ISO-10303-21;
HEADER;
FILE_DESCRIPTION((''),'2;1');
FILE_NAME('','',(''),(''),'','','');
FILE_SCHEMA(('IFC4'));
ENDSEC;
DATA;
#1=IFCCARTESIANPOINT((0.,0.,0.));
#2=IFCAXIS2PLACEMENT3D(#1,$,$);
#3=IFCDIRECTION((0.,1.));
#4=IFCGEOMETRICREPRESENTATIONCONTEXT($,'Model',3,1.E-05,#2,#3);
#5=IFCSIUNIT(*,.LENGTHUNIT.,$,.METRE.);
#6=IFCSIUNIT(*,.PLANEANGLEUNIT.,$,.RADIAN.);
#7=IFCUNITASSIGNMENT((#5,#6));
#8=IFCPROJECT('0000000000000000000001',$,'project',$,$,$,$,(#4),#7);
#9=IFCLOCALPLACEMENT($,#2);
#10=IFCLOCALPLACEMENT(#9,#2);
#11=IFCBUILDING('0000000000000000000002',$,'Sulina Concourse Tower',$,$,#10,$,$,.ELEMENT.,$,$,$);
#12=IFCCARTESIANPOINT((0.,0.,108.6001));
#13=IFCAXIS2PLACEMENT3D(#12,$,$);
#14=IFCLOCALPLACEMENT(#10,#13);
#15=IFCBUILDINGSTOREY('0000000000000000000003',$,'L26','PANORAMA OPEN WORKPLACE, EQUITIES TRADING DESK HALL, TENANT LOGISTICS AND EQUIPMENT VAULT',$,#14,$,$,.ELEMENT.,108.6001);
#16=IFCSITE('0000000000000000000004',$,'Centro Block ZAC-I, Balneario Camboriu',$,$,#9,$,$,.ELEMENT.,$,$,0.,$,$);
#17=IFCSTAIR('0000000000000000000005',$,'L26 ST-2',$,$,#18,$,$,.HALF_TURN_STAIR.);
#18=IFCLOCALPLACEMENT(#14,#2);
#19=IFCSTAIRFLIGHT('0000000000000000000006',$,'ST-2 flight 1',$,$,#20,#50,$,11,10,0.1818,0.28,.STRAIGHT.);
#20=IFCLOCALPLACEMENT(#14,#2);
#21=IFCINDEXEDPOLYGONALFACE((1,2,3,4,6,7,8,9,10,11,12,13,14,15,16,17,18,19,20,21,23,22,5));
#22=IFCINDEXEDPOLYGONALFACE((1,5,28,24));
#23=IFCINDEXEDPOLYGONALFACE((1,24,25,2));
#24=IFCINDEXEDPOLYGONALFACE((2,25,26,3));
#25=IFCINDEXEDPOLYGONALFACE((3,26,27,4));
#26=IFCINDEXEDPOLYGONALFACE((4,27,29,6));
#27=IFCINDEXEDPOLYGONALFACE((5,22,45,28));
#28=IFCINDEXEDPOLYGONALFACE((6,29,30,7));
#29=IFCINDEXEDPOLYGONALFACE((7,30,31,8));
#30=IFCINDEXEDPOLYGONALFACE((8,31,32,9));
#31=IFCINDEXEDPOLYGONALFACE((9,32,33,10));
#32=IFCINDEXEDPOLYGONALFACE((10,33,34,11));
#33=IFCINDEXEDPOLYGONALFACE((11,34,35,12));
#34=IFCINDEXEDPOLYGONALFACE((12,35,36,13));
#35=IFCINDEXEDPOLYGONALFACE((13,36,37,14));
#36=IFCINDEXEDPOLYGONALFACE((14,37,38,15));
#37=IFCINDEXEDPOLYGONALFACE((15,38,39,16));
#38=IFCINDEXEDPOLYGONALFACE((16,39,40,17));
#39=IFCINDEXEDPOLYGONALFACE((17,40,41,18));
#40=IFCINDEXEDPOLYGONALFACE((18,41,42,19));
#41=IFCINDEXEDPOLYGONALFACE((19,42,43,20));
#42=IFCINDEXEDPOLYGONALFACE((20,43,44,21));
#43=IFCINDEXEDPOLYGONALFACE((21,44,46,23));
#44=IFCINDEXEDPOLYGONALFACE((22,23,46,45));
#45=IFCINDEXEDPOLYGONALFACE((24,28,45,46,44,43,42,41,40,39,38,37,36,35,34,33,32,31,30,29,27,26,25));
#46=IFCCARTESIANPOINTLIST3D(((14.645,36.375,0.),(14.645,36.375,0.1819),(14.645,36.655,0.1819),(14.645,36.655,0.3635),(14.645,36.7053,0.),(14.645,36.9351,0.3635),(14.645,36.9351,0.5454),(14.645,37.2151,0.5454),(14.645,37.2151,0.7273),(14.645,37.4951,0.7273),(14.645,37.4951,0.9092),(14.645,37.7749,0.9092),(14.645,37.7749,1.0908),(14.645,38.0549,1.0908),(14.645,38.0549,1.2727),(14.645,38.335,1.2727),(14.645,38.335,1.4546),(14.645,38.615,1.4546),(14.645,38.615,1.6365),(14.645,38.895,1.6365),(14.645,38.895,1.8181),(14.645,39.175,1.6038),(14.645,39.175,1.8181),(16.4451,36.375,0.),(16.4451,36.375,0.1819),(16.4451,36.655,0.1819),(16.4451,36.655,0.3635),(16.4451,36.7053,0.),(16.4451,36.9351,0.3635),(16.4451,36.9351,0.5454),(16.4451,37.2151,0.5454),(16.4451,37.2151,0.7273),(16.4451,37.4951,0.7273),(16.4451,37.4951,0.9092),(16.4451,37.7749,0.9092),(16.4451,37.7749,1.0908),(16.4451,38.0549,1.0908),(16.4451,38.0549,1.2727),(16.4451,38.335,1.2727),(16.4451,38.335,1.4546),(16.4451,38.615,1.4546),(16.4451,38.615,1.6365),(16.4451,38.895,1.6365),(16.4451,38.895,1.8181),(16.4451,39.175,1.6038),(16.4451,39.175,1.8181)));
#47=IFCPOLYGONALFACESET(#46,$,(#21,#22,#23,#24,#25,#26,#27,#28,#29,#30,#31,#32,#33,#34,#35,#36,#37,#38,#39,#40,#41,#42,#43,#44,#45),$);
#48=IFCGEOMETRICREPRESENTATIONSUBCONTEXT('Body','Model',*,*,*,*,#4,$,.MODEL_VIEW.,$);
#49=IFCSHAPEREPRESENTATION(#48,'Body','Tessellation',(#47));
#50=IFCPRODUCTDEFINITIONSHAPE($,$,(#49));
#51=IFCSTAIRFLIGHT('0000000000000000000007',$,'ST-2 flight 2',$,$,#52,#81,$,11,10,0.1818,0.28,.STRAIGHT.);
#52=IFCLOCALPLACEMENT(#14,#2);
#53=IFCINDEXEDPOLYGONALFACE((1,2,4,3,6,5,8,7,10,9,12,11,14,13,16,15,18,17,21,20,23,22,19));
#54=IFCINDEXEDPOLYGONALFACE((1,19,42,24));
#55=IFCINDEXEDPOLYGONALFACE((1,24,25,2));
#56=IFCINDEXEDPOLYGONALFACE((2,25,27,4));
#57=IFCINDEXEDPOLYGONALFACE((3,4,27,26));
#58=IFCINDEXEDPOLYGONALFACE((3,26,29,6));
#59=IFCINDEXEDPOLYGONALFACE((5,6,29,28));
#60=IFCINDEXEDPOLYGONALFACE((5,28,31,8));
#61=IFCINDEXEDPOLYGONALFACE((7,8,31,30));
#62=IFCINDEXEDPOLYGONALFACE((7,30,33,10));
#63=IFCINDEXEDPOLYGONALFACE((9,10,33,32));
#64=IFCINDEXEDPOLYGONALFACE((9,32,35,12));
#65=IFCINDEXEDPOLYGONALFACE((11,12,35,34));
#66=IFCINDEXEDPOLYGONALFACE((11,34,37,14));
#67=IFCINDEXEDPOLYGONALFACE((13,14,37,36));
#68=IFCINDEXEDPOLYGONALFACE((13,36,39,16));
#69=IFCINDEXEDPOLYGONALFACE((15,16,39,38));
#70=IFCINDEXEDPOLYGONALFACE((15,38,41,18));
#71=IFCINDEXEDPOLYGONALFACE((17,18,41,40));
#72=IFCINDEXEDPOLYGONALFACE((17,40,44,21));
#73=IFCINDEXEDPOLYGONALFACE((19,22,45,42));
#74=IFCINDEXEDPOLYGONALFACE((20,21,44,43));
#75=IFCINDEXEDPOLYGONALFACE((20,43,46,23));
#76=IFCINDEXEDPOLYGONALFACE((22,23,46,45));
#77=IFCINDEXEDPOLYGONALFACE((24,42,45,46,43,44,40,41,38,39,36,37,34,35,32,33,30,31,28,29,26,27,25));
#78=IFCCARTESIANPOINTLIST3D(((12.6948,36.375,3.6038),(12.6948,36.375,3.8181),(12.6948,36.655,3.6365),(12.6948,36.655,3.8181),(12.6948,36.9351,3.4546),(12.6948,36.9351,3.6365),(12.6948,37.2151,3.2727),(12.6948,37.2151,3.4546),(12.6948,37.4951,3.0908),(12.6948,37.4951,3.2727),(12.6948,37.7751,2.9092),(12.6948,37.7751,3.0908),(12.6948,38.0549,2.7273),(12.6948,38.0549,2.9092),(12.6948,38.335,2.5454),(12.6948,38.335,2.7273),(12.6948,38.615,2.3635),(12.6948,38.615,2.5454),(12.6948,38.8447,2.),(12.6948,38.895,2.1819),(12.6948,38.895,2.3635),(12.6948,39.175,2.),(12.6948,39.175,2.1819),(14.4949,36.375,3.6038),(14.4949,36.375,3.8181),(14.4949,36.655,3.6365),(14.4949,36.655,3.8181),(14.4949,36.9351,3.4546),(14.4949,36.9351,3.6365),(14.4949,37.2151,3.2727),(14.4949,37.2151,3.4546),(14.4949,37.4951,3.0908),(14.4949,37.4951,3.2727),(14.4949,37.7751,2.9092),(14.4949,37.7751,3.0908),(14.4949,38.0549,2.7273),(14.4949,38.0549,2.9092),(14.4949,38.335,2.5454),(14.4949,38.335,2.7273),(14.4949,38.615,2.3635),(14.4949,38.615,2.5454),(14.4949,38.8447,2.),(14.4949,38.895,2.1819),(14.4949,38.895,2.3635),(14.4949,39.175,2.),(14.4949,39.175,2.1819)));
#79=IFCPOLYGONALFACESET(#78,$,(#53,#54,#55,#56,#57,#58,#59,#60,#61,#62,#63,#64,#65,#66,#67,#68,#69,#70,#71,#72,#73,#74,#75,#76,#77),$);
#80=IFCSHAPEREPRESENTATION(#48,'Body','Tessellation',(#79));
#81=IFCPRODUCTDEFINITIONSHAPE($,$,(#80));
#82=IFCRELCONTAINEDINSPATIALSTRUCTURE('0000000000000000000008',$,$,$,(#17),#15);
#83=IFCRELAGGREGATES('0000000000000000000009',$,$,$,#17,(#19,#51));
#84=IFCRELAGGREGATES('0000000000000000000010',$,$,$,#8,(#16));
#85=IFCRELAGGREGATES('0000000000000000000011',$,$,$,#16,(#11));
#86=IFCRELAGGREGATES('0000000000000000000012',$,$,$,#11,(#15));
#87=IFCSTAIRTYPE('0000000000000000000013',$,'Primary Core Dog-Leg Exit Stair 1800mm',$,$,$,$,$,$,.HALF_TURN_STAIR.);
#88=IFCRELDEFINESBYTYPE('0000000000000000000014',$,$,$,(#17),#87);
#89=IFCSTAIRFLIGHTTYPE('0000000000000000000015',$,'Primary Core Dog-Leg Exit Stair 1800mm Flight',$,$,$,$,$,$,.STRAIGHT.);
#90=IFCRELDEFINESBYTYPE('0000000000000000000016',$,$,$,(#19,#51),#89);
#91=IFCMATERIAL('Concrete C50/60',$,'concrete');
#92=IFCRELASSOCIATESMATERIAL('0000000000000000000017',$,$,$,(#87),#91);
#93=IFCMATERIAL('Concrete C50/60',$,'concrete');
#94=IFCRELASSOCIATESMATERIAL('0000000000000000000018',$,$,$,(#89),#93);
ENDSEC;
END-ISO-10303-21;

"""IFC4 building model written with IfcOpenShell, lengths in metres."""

from ifc_helpers import new_model, si_unit, direction, frame, origin, place, context, subcontext, project, spatial, polyline, outline, extrude, material, type_object, element, aggregate, save


model = new_model("IFC4")

# Units and contexts
model_context = context("Model", 3, precision=1e-05, world=origin(), true_north=direction((0.0, 1.0)))
body_context = subcontext(model_context, "Body", "Model", "MODEL_VIEW")
ifc_project = project(units=[si_unit("LENGTHUNIT", "METRE"), si_unit("PLANEANGLEUNIT", "RADIAN")], contexts=[model_context])

# Site, building, storey
site_placement = place(None, origin())
site = spatial("IfcSite", under=ifc_project, at=site_placement, Name="Centro Block ZAC-I, Balneario Camboriu", CompositionType="ELEMENT", RefElevation=0.0)
building_placement = place(site_placement, origin())
building = spatial("IfcBuilding", under=site, at=building_placement, Name="Sulina Concourse Tower", CompositionType="ELEMENT")
storey_placement = place(building_placement, frame((0.0, 0.0, 108.6001)))
storey = spatial("IfcBuildingStorey", under=building, at=storey_placement, Name="L26", Description="PANORAMA OPEN WORKPLACE, EQUITIES TRADING DESK HALL, TENANT LOGISTICS AND EQUIPMENT VAULT", CompositionType="ELEMENT", Elevation=108.6001)

# Stair, stair flights
ifc_material_1 = material(Name="Concrete C50/60", Category="concrete")
stair_type = type_object("IfcStairType", Name="Primary Core Dog-Leg Exit Stair 1800mm", PredefinedType="HALF_TURN_STAIR", material=ifc_material_1)
stair_placement = place(storey_placement, origin())
stair = element("IfcStair", 1, at=stair_placement, inside=storey, type_object=stair_type, Name="L26 ST-2", PredefinedType="HALF_TURN_STAIR")
ifc_material_2 = material(Name="Concrete C50/60", Category="concrete")
stair_flight_type = type_object("IfcStairFlightType", Name="Primary Core Dog-Leg Exit Stair 1800mm Flight", PredefinedType="STRAIGHT", material=ifc_material_2)
stair_flight_1_placement = place(storey_placement, frame((15.5449, 36.375, 0.0), z_axis=(0.0, 0.0, 1.0), x_axis=(0.0, 1.0, 0.0)))
stair_flight_1 = element("IfcStairFlight", 2, at=stair_flight_1_placement, type_object=stair_flight_type, Name="ST-2 flight 1", NumberOfRisers=11, NumberOfTreads=10, PredefinedType="STRAIGHT", RiserHeight=0.1818, TreadLength=0.28, context=body_context, shape_type="SweptSolid", body=[
    extrude(outline(polyline([(0.0, 0.0), (0.0, 0.1819), (0.28, 0.1819), (0.28, 0.3635), (0.5601, 0.3635), (0.5601, 0.5454), (0.8401, 0.5454), (0.8401, 0.7273), (1.1201, 0.7273), (1.1201, 0.9092), (1.3999, 0.9092), (1.3999, 1.0908), (1.6799, 1.0908), (1.6799, 1.2727), (1.96, 1.2727), (1.96, 1.4546), (2.24, 1.4546), (2.24, 1.6365), (2.52, 1.6365), (2.52, 1.8181), (2.8, 1.8181), (2.8, 2.0), (2.8, 1.6038), (0.3303, 0.0), (0.0, 0.0)])), frame((0.0, 0.8999, 0.0), z_axis=(0.0, -1.0, 0.0), x_axis=(1.0, 0.0, 0.0)), (0.0, 0.0, 1.0), 1.8),
])
stair_flight_2_placement = place(storey_placement, frame((13.595, 39.175, 2.0), z_axis=(0.0, 0.0, 1.0), x_axis=(0.0, -1.0, 0.0)))
stair_flight_2 = element("IfcStairFlight", 3, at=stair_flight_2_placement, type_object=stair_flight_type, Name="ST-2 flight 2", NumberOfRisers=11, NumberOfTreads=10, PredefinedType="STRAIGHT", RiserHeight=0.1818, TreadLength=0.28, context=body_context, shape_type="SweptSolid", body=[
    extrude(outline(polyline([(0.0, 0.0), (0.0, 0.1819), (0.28, 0.1819), (0.28, 0.3635), (0.5601, 0.3635), (0.5601, 0.5454), (0.8401, 0.5454), (0.8401, 0.7273), (1.1201, 0.7273), (1.1201, 0.9092), (1.3999, 0.9092), (1.3999, 1.0908), (1.6799, 1.0908), (1.6799, 1.2727), (1.96, 1.2727), (1.96, 1.4546), (2.24, 1.4546), (2.24, 1.6365), (2.52, 1.6365), (2.52, 1.8181), (2.8, 1.8181), (2.8, 2.0), (2.8, 1.6038), (0.3303, 0.0), (0.0, 0.0)])), frame((0.0, 0.8999, 0.0), z_axis=(0.0, -1.0, 0.0), x_axis=(1.0, 0.0, 0.0)), (0.0, 0.0, 1.0), 1.8),
])
aggregate(stair, [stair_flight_1, stair_flight_2])

save(model, "model.ifc")
